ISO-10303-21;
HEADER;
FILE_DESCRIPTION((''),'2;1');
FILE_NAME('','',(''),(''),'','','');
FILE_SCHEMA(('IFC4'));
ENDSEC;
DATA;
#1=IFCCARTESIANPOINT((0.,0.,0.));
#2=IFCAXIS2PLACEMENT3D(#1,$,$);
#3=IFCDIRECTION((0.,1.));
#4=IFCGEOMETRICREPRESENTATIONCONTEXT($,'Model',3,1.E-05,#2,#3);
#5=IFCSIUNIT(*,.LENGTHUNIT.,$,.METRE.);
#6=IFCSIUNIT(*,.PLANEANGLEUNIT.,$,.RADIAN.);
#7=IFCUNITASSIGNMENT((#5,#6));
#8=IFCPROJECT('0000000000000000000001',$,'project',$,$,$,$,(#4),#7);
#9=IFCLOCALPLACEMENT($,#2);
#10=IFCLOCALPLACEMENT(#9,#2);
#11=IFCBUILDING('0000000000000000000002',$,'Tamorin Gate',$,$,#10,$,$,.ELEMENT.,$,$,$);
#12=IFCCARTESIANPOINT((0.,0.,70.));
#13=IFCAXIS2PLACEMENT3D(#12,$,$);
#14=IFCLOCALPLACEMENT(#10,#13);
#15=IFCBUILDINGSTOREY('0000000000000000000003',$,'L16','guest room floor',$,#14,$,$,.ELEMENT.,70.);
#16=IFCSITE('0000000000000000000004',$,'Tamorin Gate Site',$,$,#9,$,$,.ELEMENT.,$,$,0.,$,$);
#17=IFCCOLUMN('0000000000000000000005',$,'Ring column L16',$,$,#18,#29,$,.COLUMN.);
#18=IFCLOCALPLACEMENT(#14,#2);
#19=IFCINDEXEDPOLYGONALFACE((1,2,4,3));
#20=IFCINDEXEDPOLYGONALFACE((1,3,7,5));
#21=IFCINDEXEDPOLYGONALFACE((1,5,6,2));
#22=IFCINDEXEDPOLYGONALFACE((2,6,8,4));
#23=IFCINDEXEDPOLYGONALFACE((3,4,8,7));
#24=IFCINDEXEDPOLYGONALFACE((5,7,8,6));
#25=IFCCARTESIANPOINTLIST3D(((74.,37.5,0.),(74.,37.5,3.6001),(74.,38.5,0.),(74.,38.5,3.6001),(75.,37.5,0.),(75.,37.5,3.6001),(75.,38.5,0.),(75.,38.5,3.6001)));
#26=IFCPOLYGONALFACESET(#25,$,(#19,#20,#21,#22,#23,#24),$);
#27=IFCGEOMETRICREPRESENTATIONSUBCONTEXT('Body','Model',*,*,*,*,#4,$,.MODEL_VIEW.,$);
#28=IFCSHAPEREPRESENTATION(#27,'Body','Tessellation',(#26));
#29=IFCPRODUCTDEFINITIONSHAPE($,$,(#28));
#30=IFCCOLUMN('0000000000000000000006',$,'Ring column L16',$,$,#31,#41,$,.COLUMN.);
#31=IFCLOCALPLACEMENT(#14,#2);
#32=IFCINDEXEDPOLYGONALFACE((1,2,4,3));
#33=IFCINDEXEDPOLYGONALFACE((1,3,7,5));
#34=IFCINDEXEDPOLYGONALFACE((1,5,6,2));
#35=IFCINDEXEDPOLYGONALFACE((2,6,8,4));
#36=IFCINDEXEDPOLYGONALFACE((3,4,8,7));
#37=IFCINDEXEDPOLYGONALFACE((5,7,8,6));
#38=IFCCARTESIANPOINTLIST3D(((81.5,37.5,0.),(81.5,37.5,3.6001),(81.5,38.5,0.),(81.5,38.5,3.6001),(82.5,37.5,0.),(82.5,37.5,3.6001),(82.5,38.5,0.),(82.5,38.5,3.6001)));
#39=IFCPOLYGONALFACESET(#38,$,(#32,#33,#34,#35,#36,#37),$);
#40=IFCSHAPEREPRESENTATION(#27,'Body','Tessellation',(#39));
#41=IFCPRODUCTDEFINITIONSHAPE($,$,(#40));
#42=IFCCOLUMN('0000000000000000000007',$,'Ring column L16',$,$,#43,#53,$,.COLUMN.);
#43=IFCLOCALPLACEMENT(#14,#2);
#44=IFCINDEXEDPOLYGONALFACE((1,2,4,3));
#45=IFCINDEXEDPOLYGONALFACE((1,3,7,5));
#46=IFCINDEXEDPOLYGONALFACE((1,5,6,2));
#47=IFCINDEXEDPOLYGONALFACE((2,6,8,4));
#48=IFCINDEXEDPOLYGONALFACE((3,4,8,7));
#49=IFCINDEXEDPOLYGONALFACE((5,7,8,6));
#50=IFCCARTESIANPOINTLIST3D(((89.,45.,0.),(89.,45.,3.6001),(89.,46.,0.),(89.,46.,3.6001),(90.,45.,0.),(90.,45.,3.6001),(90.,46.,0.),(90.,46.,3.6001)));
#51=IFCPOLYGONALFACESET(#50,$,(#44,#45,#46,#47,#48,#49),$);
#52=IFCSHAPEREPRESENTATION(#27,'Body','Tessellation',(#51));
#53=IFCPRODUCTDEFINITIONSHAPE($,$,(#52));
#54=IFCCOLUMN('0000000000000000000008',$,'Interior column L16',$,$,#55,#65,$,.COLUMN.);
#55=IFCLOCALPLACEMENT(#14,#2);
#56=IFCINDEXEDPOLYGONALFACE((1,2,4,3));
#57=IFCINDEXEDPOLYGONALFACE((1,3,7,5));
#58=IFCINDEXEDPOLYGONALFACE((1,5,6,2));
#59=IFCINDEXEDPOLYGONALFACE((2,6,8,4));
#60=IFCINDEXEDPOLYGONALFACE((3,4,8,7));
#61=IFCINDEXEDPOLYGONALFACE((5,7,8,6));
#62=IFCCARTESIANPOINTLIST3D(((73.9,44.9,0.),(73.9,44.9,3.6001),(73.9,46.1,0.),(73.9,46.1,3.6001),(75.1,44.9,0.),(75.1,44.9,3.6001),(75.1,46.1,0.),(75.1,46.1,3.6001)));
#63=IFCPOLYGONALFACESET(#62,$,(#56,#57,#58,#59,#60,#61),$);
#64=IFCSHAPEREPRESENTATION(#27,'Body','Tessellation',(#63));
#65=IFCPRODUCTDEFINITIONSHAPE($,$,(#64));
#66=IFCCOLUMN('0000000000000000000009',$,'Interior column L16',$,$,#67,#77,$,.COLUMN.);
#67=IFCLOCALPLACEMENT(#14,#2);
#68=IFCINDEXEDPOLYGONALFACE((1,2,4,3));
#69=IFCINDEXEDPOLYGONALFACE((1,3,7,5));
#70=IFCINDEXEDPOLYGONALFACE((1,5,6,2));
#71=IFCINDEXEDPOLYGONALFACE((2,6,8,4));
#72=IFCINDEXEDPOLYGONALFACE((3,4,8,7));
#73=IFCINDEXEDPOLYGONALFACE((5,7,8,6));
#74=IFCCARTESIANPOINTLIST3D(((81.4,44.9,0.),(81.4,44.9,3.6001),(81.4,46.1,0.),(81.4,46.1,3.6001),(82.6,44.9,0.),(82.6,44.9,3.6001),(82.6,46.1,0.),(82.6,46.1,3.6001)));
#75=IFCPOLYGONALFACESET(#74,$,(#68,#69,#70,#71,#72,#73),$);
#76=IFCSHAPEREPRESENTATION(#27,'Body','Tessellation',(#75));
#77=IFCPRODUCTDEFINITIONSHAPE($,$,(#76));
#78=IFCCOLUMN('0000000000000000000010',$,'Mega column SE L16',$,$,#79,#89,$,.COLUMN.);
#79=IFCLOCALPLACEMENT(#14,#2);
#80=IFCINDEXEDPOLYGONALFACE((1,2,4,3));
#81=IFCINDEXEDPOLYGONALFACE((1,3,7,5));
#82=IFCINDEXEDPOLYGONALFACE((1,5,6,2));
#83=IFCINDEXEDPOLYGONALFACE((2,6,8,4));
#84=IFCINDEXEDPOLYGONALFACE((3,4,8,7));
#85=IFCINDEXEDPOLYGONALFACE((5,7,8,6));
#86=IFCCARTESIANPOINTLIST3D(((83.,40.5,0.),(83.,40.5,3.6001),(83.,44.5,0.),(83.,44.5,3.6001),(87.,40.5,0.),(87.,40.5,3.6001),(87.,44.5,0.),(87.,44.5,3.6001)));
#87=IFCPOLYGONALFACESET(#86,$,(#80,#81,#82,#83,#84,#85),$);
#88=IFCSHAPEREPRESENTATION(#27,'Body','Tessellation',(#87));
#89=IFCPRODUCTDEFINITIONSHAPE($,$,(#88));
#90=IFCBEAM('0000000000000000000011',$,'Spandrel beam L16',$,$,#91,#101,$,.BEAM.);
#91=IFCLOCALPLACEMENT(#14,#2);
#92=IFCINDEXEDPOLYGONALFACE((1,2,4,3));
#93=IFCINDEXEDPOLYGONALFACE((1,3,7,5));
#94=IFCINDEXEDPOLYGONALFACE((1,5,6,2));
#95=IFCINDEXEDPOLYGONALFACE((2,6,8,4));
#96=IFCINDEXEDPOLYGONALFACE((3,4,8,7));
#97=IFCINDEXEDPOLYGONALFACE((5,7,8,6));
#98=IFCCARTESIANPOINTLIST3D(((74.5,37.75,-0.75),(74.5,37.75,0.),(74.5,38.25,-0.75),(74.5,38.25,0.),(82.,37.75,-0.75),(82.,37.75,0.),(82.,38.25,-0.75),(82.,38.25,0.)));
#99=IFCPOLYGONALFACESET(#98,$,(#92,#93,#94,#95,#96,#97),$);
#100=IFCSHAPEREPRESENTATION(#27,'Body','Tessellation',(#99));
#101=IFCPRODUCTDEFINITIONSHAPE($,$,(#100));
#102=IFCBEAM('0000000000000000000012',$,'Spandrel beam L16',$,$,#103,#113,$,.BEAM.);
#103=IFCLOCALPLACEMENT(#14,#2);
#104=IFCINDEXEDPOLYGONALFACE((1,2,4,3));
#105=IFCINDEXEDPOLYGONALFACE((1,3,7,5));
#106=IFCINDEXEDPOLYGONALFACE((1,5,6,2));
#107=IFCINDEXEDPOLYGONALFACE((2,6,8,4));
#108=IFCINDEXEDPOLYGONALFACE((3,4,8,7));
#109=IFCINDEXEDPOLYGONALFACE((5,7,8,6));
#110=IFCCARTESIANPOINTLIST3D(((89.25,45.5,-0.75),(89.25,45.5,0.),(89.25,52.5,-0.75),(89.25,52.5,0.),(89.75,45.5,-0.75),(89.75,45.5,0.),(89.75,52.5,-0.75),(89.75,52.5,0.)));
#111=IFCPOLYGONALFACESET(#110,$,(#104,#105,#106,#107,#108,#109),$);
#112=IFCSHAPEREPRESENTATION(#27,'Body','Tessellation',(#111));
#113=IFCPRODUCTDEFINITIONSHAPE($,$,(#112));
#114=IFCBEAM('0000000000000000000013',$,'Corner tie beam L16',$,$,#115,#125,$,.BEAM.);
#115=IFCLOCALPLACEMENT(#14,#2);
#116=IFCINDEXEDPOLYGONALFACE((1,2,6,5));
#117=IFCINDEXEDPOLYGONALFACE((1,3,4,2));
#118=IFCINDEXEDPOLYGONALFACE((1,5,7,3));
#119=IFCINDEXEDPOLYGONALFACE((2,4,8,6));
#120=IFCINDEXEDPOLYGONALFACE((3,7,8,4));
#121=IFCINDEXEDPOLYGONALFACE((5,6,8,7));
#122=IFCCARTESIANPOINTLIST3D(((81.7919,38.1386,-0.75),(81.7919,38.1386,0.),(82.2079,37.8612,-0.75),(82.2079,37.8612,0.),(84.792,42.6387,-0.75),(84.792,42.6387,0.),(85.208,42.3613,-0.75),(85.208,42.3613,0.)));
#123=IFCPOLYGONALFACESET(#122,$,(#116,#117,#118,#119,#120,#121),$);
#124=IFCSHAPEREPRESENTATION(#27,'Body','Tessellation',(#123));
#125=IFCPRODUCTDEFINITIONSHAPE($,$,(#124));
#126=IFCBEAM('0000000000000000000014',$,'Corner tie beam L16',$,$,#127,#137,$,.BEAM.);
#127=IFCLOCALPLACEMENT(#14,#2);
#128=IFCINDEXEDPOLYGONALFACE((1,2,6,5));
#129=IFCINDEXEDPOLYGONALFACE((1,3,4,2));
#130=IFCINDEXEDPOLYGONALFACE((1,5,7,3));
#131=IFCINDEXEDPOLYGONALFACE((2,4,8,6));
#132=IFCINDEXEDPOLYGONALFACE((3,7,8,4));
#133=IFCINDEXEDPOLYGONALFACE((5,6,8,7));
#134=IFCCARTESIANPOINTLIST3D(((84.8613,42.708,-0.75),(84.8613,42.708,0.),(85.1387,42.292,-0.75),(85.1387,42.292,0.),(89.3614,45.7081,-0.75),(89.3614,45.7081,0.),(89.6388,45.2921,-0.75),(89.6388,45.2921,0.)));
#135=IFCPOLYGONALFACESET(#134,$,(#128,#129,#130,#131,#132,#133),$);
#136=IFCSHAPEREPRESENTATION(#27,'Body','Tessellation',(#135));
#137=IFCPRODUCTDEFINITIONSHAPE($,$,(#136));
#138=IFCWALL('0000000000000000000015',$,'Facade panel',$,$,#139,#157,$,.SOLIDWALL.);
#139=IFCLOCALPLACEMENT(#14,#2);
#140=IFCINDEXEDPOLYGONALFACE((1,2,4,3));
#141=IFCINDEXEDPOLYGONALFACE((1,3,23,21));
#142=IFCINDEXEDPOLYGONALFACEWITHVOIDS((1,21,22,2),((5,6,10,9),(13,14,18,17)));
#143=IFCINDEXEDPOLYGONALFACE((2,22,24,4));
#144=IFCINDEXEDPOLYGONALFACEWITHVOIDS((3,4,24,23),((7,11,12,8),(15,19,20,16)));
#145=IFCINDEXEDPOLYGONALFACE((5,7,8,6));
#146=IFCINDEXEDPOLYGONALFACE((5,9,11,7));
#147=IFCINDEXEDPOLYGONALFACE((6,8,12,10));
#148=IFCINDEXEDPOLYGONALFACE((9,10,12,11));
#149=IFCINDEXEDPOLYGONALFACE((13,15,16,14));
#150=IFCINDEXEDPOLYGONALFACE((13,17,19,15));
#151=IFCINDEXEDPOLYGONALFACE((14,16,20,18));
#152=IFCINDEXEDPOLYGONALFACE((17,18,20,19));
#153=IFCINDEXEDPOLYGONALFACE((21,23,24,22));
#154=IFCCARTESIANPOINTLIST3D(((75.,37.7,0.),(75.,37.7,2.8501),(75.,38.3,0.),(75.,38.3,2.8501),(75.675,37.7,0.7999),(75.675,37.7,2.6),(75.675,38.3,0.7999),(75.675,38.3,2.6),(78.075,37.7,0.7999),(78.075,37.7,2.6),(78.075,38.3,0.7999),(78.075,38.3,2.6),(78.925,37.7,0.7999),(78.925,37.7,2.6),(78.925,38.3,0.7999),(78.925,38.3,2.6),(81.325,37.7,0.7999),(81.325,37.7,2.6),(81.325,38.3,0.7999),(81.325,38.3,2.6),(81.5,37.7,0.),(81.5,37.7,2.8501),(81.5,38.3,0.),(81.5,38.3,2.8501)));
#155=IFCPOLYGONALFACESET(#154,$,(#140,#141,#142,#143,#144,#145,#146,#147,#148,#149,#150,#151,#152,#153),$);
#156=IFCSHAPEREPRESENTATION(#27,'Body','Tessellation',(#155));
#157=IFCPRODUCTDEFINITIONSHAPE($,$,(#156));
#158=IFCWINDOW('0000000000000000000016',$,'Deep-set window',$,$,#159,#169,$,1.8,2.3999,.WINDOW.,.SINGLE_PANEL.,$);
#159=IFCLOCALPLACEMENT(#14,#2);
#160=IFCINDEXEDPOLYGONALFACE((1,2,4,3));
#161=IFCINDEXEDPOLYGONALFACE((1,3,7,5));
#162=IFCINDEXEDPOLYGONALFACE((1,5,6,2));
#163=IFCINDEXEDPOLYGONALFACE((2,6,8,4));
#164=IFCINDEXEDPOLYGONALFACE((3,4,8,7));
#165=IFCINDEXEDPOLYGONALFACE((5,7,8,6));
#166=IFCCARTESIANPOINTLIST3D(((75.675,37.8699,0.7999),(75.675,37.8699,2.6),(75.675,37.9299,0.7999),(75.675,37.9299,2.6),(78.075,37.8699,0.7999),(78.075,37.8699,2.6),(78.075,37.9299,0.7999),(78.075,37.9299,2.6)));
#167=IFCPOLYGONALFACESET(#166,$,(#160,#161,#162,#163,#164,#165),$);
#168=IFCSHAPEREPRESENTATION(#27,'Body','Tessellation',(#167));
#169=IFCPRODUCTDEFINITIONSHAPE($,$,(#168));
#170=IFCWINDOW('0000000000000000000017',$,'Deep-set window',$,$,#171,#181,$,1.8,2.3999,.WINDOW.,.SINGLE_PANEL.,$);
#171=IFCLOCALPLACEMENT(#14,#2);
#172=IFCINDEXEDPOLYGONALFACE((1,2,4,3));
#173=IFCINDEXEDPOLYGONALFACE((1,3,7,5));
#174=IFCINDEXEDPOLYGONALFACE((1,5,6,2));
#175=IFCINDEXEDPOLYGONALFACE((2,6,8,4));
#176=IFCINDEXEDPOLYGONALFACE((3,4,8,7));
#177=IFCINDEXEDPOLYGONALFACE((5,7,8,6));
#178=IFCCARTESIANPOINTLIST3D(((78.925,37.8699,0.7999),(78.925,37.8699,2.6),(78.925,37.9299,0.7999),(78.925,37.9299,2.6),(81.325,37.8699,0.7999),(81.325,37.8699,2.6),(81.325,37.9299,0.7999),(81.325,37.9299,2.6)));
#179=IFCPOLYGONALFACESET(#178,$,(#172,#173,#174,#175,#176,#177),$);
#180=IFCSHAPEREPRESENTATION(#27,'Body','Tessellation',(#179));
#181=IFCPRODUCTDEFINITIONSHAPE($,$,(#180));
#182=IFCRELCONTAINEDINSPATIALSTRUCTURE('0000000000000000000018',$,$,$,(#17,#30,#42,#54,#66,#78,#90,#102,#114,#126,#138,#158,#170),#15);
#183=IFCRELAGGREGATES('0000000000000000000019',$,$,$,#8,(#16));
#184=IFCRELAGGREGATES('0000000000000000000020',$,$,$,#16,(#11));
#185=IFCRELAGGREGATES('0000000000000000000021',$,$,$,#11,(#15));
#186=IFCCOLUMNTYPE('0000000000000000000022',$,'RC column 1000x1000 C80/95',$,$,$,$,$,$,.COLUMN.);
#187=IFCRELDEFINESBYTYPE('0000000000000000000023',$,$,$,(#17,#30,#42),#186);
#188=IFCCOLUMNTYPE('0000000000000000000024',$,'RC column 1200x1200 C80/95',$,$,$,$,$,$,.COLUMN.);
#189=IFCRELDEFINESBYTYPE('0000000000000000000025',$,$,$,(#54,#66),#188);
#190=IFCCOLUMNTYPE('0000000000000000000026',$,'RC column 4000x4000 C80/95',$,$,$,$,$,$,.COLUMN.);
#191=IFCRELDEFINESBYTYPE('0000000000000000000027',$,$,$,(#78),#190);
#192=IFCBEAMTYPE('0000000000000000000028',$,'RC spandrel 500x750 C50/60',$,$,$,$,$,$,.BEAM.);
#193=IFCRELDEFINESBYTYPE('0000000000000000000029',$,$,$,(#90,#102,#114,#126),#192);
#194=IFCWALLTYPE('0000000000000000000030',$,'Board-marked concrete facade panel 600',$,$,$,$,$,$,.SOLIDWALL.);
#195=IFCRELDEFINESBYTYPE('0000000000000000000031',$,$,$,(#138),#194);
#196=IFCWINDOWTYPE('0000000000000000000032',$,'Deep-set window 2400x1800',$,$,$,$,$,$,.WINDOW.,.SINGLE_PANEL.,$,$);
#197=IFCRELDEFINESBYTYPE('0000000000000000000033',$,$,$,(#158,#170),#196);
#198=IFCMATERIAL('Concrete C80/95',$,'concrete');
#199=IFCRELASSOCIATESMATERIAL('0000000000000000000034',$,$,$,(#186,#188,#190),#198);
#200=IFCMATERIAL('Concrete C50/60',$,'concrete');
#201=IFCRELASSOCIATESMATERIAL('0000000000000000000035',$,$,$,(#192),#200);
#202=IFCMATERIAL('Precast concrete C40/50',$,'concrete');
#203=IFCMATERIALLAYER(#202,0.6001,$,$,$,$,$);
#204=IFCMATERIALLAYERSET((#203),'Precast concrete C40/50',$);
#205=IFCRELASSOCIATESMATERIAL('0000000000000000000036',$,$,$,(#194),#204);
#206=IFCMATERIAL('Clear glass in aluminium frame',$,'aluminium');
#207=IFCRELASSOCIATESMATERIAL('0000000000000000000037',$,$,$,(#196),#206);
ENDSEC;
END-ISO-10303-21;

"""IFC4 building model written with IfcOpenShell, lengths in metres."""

from ifc_helpers import new_model, si_unit, direction, frame, frame_2d, origin, origin_2d, place, context, subcontext, project, spatial, rectangle, extrude, material, layer, layer_set, material_profile, profile_set, type_object, element, fill, save


model = new_model("IFC4")

# Units and contexts
model_context = context("Model", 3, precision=1e-05, world=origin(), true_north=direction((0.0, 1.0)))
body_context = subcontext(model_context, "Body", "Model", "MODEL_VIEW")
ifc_project = project(units=[si_unit("LENGTHUNIT", "METRE"), si_unit("PLANEANGLEUNIT", "RADIAN")], contexts=[model_context])

# Site, building, storey
site_placement = place(None, origin())
site = spatial("IfcSite", under=ifc_project, at=site_placement, Name="Tamorin Gate Site", CompositionType="ELEMENT", RefElevation=0.0)
building_placement = place(site_placement, origin())
building = spatial("IfcBuilding", under=site, at=building_placement, Name="Tamorin Gate", CompositionType="ELEMENT")
storey_placement = place(building_placement, frame((0.0, 0.0, 70.0)))
storey = spatial("IfcBuildingStorey", under=building, at=storey_placement, Name="L16", Description="guest room floor", CompositionType="ELEMENT", Elevation=70.0)

# Columns
ifc_material_1 = material(Name="Concrete C80/95", Category="concrete")
ifc_material_profile_1 = material_profile(ifc_material_1, rectangle(XDim=1.0, YDim=1.0, at=origin_2d()), Name="RC 1000x1000")
ifc_profile_set_1 = profile_set([ifc_material_profile_1], Name="Concrete C80/95")
column_type_1 = type_object("IfcColumnType", Name="RC column 1000x1000 C80/95", PredefinedType="COLUMN", material=ifc_profile_set_1)
for number, where, z_axis, x_axis, name in (
    (1, (74.5, 38.0, 0.0), (0.0, 0.0, 1.0), (1.0, 0.0, 0.0), "Ring column L16"),
    (2, (82.0, 38.0, 0.0), (0.0, 0.0, 1.0), (1.0, 0.0, 0.0), "Ring column L16"),
    (3, (89.5, 45.5, 0.0), (0.0, 0.0, 1.0), (1.0, 0.0, 0.0), "Ring column L16"),
):
    element("IfcColumn", number, at=place(storey_placement, frame(where, z_axis=z_axis, x_axis=x_axis)), inside=storey, type_object=column_type_1, Name=name, PredefinedType="COLUMN", context=body_context, shape_type="SweptSolid", body=[
        extrude(rectangle(XDim=1.0, YDim=1.0, at=origin_2d()), origin(), (0.0, 0.0, 1.0), 3.6001),
    ])
ifc_material_profile_2 = material_profile(ifc_material_1, rectangle(XDim=1.2, YDim=1.2, at=origin_2d()), Name="RC 1200x1200")
ifc_profile_set_2 = profile_set([ifc_material_profile_2], Name="Concrete C80/95")
column_type_2 = type_object("IfcColumnType", Name="RC column 1200x1200 C80/95", PredefinedType="COLUMN", material=ifc_profile_set_2)
for number, where, z_axis, x_axis, name in (
    (4, (74.5, 45.5, 0.0), (0.0, 0.0, 1.0), (1.0, 0.0, 0.0), "Interior column L16"),
    (5, (82.0, 45.5, 0.0), (0.0, 0.0, 1.0), (1.0, 0.0, 0.0), "Interior column L16"),
):
    element("IfcColumn", number, at=place(storey_placement, frame(where, z_axis=z_axis, x_axis=x_axis)), inside=storey, type_object=column_type_2, Name=name, PredefinedType="COLUMN", context=body_context, shape_type="SweptSolid", body=[
        extrude(rectangle(XDim=1.2, YDim=1.2, at=origin_2d()), origin(), (0.0, 0.0, 1.0), 3.6001),
    ])
ifc_material_profile_3 = material_profile(ifc_material_1, rectangle(XDim=4.0, YDim=4.0, at=origin_2d()), Name="RC 4000x4000")
ifc_profile_set_3 = profile_set([ifc_material_profile_3], Name="Concrete C80/95")
column_type_3 = type_object("IfcColumnType", Name="RC column 4000x4000 C80/95", PredefinedType="COLUMN", material=ifc_profile_set_3)
column_placement = place(storey_placement, frame((85.0, 42.5, 0.0), z_axis=(0.0, 0.0, 1.0), x_axis=(1.0, 0.0, 0.0)))
element("IfcColumn", 6, at=column_placement, inside=storey, type_object=column_type_3, Name="Mega column SE L16", PredefinedType="COLUMN", context=body_context, shape_type="SweptSolid", body=[
    extrude(rectangle(XDim=4.0, YDim=4.0, at=origin_2d()), origin(), (0.0, 0.0, 1.0), 3.6001),
])

# Beams
ifc_material_2 = material(Name="Concrete C50/60", Category="concrete")
ifc_material_profile_4 = material_profile(ifc_material_2, rectangle(XDim=0.5, YDim=0.75, at=origin_2d()), Name="RC 500x750")
ifc_profile_set_4 = profile_set([ifc_material_profile_4], Name="Concrete C50/60")
beam_type = type_object("IfcBeamType", Name="RC spandrel 500x750 C50/60", PredefinedType="BEAM", material=ifc_profile_set_4)
beam_1_placement = place(storey_placement, frame((74.5, 38.0, -0.375), z_axis=(1.0, 0.0, 0.0), x_axis=(0.0, 1.0, 0.0)))
element("IfcBeam", 7, at=beam_1_placement, inside=storey, type_object=beam_type, Name="Spandrel beam L16", PredefinedType="BEAM", context=body_context, shape_type="SweptSolid", body=[
    extrude(rectangle(XDim=0.5, YDim=0.75, at=origin_2d()), origin(), (0.0, 0.0, 1.0), 7.5),
])
beam_2_placement = place(storey_placement, frame((89.5, 45.5, -0.375), z_axis=(0.0, 1.0, 0.0), x_axis=(-1.0, 0.0, 0.0)))
element("IfcBeam", 8, at=beam_2_placement, inside=storey, type_object=beam_type, Name="Spandrel beam L16", PredefinedType="BEAM", context=body_context, shape_type="SweptSolid", body=[
    extrude(rectangle(XDim=0.5, YDim=0.75, at=origin_2d()), origin(), (0.0, 0.0, 1.0), 7.0),
])
for number, where, z_axis, x_axis, name in (
    (9, (85.0, 42.5, -0.375), (-0.5547, -0.83205, 0.0), (0.83205, -0.5547, 0.0), "Corner tie beam L16"),
    (10, (85.0, 42.5, -0.375), (0.83205, 0.5547, 0.0), (-0.5547, 0.83205, 0.0), "Corner tie beam L16"),
):
    element("IfcBeam", number, at=place(storey_placement, frame(where, z_axis=z_axis, x_axis=x_axis)), inside=storey, type_object=beam_type, Name=name, PredefinedType="BEAM", context=body_context, shape_type="SweptSolid", body=[
        extrude(rectangle(XDim=0.5, YDim=0.75, at=origin_2d()), origin(), (0.0, 0.0, 1.0), 5.4084),
    ])

# Wall, openings, windows
ifc_material_3 = material(Name="Precast concrete C40/50", Category="concrete")
ifc_layer_1 = layer(ifc_material_3, 0.6001)
ifc_layer_set_1 = layer_set([ifc_layer_1], Name="Precast concrete C40/50")
wall_type_1 = type_object("IfcWallType", Name="Board-marked concrete facade panel 600", PredefinedType="SOLIDWALL", material=ifc_layer_set_1)
wall_1_placement = place(storey_placement, frame((75.0, 38.0, 0.0), z_axis=(0.0, 0.0, 1.0), x_axis=(1.0, 0.0, 0.0)))
wall_1 = element("IfcWall", 11, at=wall_1_placement, inside=storey, type_object=wall_type_1, Name="Facade panel", PredefinedType="SOLIDWALL", context=body_context, shape_type="SweptSolid", body=[
    extrude(rectangle(XDim=6.5, YDim=0.6001, at=frame_2d((3.25, 0.0))), origin(), (0.0, 0.0, 1.0), 2.8501),
])
opening_1_placement = place(wall_1_placement, frame((0.675, 0.0, 0.8)))
opening_1 = element("IfcOpeningElement", 12, at=opening_1_placement, cuts=wall_1, PredefinedType="OPENING", context=body_context, shape_type="SweptSolid", body=[
    extrude(rectangle(XDim=2.3999, YDim=1.8, at=frame_2d((1.2, 0.8999))), frame((0.0, 0.3101, 0.0), z_axis=(0.0, -1.0, 0.0), x_axis=(1.0, 0.0, 0.0)), (0.0, 0.0, 1.0), 0.6201),
])
opening_2_placement = place(wall_1_placement, frame((3.925, 0.0, 0.8)))
opening_2 = element("IfcOpeningElement", 13, at=opening_2_placement, cuts=wall_1, PredefinedType="OPENING", context=body_context, shape_type="SweptSolid", body=[
    extrude(rectangle(XDim=2.3999, YDim=1.8, at=frame_2d((1.2, 0.8999))), frame((0.0, 0.3101, 0.0), z_axis=(0.0, -1.0, 0.0), x_axis=(1.0, 0.0, 0.0)), (0.0, 0.0, 1.0), 0.6201),
])
ifc_material_4 = material(Name="Clear glass in aluminium frame", Category="aluminium")
window_type = type_object("IfcWindowType", Name="Deep-set window 2400x1800", PartitioningType="SINGLE_PANEL", PredefinedType="WINDOW", material=ifc_material_4)
window_1_placement = place(opening_1_placement, origin())
window_1 = element("IfcWindow", 14, at=window_1_placement, inside=storey, type_object=window_type, Name="Deep-set window", OverallHeight=1.8, OverallWidth=2.3999, PartitioningType="SINGLE_PANEL", PredefinedType="WINDOW", context=body_context, shape_type="SweptSolid", body=[
    extrude(rectangle(XDim=2.3999, YDim=1.8, at=frame_2d((1.2, 0.8999))), frame((0.0, -0.0701, 0.0), z_axis=(0.0, -1.0, 0.0), x_axis=(1.0, 0.0, 0.0)), (0.0, 0.0, 1.0), 0.0601),
])
fill(opening_1, window_1)
window_2_placement = place(opening_2_placement, origin())
window_2 = element("IfcWindow", 15, at=window_2_placement, inside=storey, type_object=window_type, Name="Deep-set window", OverallHeight=1.8, OverallWidth=2.3999, PartitioningType="SINGLE_PANEL", PredefinedType="WINDOW", context=body_context, shape_type="SweptSolid", body=[
    extrude(rectangle(XDim=2.3999, YDim=1.8, at=frame_2d((1.2, 0.8999))), frame((0.0, -0.0701, 0.0), z_axis=(0.0, -1.0, 0.0), x_axis=(1.0, 0.0, 0.0)), (0.0, 0.0, 1.0), 0.0601),
])
fill(opening_2, window_2)

save(model, "model.ifc")
